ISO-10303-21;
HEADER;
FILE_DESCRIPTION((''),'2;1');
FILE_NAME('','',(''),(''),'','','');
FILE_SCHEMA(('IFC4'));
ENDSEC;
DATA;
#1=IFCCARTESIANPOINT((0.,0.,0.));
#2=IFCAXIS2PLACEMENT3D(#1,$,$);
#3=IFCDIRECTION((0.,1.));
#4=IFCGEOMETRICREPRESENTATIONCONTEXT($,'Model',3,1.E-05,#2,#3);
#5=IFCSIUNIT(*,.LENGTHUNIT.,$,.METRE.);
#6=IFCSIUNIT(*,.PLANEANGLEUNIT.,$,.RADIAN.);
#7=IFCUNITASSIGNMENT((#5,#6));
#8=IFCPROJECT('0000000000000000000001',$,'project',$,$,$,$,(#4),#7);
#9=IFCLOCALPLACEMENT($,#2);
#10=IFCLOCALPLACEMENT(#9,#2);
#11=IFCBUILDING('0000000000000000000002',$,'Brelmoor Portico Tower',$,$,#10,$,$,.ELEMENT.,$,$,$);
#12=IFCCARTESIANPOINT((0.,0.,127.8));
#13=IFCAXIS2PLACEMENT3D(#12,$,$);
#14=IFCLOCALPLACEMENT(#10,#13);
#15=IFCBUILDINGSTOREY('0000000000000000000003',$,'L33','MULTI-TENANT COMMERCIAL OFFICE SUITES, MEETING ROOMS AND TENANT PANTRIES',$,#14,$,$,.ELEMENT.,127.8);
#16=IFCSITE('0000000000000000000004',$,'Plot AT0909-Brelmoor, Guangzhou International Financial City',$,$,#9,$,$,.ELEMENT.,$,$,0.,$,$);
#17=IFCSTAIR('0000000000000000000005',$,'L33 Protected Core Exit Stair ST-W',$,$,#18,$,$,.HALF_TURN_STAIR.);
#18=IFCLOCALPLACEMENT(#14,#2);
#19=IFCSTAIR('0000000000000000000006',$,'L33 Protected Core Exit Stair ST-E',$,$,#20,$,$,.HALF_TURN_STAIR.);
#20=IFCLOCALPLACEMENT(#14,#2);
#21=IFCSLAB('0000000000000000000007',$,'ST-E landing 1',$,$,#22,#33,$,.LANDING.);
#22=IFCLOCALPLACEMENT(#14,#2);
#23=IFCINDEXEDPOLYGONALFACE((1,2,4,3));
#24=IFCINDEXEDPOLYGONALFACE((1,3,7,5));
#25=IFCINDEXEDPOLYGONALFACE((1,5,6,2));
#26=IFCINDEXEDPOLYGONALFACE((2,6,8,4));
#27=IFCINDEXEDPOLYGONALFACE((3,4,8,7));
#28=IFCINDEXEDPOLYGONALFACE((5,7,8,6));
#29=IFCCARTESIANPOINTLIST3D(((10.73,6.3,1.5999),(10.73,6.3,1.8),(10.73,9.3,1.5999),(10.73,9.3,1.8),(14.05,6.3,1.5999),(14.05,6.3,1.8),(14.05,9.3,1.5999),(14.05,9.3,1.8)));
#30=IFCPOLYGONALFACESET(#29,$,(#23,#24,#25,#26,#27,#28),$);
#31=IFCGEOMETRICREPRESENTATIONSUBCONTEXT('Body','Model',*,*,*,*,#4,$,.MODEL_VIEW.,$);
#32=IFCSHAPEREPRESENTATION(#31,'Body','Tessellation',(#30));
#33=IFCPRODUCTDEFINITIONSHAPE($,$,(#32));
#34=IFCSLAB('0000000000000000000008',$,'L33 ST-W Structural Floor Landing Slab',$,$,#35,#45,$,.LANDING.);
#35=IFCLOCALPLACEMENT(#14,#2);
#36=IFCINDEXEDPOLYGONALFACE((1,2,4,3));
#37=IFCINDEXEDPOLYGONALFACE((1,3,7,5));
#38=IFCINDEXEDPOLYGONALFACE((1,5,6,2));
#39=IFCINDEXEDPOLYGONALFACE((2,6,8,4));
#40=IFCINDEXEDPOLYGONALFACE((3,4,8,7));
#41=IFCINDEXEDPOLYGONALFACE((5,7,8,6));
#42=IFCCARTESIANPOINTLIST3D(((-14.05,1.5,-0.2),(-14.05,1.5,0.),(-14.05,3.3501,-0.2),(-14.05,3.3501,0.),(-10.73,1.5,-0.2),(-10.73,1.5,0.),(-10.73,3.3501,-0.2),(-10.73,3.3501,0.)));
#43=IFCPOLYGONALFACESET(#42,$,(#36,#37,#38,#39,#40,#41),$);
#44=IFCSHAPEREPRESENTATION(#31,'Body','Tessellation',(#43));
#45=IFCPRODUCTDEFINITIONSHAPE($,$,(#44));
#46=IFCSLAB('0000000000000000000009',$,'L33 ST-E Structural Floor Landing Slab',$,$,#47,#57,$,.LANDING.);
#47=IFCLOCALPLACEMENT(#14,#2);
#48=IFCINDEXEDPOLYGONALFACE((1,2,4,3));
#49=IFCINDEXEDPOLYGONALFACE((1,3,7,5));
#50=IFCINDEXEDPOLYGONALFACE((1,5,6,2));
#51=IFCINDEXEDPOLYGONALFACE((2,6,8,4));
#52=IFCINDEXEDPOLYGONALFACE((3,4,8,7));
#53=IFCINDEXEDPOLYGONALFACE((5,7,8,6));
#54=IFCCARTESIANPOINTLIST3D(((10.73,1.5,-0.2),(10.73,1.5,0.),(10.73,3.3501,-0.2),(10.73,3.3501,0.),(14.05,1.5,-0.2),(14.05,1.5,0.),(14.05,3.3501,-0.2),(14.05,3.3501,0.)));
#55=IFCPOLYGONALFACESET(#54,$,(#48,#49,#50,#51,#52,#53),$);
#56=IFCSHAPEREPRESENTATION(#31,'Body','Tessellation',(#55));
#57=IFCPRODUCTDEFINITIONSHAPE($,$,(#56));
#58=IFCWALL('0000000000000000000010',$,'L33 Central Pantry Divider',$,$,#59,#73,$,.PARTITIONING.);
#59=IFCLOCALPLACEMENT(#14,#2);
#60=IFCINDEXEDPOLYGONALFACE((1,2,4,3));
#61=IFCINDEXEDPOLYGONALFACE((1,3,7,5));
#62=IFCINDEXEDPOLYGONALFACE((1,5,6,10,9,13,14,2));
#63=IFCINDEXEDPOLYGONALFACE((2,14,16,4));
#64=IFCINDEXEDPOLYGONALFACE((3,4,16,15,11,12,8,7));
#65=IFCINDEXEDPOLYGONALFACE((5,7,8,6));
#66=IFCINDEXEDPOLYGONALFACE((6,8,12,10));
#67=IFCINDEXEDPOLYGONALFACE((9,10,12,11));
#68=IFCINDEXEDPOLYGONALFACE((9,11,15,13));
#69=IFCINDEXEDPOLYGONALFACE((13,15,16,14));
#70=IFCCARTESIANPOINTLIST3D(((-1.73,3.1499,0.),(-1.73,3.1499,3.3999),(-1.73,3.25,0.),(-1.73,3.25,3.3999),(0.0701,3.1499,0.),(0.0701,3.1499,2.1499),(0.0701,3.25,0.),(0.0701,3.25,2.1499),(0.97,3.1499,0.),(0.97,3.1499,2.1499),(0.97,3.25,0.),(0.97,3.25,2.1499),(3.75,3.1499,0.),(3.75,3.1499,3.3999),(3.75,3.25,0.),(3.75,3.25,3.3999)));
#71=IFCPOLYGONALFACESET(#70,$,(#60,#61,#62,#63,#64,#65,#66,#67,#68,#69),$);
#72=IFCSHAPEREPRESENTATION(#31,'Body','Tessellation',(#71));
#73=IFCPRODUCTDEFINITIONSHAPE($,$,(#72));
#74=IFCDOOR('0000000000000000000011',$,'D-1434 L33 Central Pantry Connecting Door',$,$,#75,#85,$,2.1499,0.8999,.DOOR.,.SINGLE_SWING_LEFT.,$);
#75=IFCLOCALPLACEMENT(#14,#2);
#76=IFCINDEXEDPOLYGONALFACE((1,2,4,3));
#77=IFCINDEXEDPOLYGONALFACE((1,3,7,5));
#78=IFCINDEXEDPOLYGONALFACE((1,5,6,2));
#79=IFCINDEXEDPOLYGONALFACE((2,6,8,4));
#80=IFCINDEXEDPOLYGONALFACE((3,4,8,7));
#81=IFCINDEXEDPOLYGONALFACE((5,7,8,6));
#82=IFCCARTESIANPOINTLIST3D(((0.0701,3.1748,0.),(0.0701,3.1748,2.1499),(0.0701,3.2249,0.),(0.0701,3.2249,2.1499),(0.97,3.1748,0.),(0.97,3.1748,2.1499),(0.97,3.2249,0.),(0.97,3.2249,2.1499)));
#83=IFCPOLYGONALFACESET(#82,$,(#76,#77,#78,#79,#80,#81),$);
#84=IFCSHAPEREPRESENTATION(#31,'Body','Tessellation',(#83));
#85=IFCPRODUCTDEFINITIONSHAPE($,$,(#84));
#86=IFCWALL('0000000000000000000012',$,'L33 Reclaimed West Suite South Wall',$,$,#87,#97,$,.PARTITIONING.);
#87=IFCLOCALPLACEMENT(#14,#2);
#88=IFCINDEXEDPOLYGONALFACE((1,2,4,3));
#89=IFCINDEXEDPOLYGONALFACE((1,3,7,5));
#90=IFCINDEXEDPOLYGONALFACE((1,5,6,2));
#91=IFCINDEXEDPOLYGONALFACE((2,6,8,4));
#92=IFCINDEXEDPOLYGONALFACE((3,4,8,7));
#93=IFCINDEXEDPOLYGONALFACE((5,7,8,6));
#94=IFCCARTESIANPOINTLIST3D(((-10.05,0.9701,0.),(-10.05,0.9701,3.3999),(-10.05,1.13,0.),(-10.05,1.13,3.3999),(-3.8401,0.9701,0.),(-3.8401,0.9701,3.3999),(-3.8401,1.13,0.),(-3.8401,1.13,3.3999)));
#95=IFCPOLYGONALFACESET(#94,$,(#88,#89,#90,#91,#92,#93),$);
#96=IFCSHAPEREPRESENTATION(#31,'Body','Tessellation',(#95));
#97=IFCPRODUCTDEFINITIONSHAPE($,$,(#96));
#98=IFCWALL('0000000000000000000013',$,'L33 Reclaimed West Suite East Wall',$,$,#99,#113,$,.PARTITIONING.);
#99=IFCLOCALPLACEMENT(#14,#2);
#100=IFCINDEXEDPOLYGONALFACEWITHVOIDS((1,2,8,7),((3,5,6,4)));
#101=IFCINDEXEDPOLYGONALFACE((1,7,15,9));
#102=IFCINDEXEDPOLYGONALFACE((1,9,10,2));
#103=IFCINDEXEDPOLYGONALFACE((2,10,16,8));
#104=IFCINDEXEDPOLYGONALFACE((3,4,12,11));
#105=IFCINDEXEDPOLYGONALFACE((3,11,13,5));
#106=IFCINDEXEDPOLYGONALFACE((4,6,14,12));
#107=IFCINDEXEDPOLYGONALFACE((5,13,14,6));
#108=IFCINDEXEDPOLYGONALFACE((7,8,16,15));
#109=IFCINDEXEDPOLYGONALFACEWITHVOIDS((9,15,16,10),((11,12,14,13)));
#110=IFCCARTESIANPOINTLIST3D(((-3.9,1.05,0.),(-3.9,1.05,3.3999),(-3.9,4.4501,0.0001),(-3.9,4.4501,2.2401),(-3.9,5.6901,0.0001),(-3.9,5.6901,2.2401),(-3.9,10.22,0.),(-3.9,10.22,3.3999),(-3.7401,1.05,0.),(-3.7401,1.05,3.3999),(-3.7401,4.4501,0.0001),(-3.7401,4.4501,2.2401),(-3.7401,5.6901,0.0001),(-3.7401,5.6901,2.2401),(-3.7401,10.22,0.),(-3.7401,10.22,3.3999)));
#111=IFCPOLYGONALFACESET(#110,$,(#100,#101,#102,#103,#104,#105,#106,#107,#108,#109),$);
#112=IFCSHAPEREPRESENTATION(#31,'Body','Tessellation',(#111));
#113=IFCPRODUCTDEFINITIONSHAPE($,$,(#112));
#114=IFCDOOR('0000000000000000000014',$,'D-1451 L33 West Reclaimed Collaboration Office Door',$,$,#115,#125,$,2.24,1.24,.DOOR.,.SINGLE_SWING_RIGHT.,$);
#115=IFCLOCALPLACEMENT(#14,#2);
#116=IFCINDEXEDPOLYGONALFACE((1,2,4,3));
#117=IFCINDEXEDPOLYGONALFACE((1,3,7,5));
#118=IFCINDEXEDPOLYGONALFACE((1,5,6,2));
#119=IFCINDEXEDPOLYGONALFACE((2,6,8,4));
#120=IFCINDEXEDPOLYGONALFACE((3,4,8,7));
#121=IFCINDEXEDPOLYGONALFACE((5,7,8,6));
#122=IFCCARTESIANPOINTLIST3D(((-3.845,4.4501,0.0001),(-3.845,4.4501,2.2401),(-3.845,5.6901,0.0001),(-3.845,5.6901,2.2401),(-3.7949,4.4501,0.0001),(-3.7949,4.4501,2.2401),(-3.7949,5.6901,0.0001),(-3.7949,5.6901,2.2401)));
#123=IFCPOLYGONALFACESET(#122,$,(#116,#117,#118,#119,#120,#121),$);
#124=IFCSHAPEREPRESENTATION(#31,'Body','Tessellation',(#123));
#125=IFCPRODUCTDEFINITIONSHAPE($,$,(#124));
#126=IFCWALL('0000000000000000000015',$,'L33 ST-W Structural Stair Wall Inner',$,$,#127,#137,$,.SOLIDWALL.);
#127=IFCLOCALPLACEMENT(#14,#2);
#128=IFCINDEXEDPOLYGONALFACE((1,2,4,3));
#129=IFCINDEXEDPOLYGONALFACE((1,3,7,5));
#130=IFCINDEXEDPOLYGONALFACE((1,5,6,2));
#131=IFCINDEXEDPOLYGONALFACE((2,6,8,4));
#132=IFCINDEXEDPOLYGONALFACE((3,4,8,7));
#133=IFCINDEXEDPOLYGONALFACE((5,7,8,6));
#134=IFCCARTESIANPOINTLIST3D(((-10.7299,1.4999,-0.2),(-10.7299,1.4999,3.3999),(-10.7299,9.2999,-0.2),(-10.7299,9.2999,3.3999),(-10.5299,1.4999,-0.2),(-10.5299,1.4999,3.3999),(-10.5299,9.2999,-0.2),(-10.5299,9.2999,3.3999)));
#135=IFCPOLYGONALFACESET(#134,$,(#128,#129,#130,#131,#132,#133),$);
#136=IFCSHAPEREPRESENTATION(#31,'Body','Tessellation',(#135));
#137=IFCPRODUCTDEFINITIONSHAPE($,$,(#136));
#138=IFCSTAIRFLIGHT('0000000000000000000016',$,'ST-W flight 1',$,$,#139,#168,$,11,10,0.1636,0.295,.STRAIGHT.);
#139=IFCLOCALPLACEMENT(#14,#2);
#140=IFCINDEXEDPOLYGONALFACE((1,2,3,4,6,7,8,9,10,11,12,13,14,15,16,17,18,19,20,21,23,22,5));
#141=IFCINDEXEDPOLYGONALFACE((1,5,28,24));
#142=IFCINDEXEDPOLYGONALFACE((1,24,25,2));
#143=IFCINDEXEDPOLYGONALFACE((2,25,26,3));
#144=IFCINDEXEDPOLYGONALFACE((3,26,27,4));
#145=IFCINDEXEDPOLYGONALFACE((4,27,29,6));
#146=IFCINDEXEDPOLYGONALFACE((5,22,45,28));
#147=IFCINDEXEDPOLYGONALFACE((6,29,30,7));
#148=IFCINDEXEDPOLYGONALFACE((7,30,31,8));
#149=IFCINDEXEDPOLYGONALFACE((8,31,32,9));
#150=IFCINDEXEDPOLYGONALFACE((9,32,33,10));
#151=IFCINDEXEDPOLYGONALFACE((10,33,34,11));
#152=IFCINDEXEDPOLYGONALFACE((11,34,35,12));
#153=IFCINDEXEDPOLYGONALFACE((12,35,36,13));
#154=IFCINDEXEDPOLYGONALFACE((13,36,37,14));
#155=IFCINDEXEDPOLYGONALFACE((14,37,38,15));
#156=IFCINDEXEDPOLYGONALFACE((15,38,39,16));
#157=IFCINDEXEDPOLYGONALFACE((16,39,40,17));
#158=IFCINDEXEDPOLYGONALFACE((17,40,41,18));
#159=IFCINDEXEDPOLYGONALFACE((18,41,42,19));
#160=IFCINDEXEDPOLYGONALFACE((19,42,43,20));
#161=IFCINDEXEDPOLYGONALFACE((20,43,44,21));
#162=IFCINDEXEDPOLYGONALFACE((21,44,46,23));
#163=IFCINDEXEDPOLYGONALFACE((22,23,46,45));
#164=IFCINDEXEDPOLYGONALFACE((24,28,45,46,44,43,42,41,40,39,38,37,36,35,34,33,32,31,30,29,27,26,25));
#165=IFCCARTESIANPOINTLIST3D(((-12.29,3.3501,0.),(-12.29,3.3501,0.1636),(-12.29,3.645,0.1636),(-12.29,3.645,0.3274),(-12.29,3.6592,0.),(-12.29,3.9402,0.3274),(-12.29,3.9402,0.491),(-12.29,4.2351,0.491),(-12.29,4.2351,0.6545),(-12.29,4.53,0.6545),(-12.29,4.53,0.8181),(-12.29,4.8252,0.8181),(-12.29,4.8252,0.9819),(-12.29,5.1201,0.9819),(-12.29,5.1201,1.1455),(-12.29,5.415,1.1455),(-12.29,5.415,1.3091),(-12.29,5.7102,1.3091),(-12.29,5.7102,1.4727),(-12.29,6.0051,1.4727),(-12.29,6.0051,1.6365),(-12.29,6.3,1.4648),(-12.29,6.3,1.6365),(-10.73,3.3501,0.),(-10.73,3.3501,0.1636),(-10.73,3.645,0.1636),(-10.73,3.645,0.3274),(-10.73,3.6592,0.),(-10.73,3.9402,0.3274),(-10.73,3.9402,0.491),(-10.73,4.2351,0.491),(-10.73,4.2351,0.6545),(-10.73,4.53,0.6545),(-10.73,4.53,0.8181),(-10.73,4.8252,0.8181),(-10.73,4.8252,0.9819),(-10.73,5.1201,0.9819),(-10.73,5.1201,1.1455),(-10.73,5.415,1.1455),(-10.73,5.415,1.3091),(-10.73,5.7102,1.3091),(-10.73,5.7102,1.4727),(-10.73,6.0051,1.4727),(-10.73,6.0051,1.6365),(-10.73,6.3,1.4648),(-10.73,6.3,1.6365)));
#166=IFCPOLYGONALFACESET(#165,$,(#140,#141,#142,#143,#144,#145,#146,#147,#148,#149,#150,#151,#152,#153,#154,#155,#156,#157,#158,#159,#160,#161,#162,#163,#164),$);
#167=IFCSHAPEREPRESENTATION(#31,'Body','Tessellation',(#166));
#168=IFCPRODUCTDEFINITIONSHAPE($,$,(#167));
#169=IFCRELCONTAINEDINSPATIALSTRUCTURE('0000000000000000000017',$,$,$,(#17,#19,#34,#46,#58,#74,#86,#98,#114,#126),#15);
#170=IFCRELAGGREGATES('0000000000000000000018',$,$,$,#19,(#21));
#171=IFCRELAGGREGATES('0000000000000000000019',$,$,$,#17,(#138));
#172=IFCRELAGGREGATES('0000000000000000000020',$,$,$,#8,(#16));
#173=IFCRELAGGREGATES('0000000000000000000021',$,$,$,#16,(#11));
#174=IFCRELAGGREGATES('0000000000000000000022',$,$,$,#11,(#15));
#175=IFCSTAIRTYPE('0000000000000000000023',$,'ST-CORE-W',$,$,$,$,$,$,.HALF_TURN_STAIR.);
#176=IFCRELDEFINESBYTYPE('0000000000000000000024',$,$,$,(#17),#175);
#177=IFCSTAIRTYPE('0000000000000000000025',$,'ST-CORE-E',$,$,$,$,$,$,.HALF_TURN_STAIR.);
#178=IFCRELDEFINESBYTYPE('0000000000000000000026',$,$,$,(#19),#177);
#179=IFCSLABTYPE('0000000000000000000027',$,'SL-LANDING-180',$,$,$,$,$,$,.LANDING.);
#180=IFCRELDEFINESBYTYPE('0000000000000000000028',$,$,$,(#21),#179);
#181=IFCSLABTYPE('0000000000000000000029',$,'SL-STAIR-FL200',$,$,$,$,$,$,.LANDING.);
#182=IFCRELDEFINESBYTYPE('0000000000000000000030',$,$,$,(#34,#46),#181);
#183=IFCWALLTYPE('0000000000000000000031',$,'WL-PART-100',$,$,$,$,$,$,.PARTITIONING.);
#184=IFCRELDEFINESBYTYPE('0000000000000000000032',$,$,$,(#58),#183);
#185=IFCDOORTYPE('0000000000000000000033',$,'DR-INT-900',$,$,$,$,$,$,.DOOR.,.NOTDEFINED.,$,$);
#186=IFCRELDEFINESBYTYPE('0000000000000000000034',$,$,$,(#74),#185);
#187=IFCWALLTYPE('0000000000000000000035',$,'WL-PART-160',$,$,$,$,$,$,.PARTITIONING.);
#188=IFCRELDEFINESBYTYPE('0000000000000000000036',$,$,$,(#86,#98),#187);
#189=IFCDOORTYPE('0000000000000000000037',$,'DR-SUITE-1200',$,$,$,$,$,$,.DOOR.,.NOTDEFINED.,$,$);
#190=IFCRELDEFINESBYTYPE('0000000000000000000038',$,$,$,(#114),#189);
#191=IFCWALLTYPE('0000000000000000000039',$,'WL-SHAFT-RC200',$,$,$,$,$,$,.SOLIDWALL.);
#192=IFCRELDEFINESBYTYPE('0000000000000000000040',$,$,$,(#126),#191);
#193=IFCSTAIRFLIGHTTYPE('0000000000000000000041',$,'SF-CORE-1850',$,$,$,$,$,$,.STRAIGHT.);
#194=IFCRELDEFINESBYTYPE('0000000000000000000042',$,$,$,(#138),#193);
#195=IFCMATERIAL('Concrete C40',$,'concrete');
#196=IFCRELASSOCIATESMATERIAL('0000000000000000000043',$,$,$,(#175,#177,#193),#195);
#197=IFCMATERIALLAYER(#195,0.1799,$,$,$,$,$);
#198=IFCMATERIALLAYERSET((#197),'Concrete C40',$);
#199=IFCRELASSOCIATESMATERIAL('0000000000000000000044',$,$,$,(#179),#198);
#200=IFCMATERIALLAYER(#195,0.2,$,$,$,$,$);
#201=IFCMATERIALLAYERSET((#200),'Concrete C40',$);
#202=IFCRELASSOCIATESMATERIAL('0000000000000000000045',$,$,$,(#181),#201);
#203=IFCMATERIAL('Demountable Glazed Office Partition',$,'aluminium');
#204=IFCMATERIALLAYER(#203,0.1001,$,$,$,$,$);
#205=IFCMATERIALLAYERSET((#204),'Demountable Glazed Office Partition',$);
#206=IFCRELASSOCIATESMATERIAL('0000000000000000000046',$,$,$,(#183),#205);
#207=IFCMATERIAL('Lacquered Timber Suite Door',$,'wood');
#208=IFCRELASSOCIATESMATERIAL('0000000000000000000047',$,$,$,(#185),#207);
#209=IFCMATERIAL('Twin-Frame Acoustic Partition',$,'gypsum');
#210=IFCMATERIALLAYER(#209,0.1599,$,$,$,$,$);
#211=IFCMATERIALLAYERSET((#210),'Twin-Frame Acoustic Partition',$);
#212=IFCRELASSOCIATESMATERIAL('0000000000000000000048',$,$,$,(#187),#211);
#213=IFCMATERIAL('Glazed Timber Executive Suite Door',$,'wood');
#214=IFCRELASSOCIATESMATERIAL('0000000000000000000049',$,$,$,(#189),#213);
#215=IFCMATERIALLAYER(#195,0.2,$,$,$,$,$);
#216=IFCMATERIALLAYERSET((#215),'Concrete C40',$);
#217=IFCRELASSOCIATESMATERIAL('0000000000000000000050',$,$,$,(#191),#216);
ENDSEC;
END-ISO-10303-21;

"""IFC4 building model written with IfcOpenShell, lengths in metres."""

from ifc_helpers import new_model, si_unit, direction, frame, frame_2d, origin, place, context, subcontext, project, spatial, polyline, rectangle, outline, extrude, material, layer, layer_set, type_object, element, fill, aggregate, save


model = new_model("IFC4")

# Units and contexts
model_context = context("Model", 3, precision=1e-05, world=origin(), true_north=direction((0.0, 1.0)))
body_context = subcontext(model_context, "Body", "Model", "MODEL_VIEW")
ifc_project = project(units=[si_unit("LENGTHUNIT", "METRE"), si_unit("PLANEANGLEUNIT", "RADIAN")], contexts=[model_context])

# Site, building, storey
site_placement = place(None, origin())
site = spatial("IfcSite", under=ifc_project, at=site_placement, Name="Plot AT0909-Brelmoor, Guangzhou International Financial City", CompositionType="ELEMENT", RefElevation=0.0)
building_placement = place(site_placement, origin())
building = spatial("IfcBuilding", under=site, at=building_placement, Name="Brelmoor Portico Tower", CompositionType="ELEMENT")
storey_placement = place(building_placement, frame((0.0, 0.0, 127.8)))
storey = spatial("IfcBuildingStorey", under=building, at=storey_placement, Name="L33", Description="MULTI-TENANT COMMERCIAL OFFICE SUITES, MEETING ROOMS AND TENANT PANTRIES", CompositionType="ELEMENT", Elevation=127.8)

# Shared definitions
ifc_material_1 = material(Name="Concrete C40", Category="concrete")

# Stairs, slab
stair_type_1 = type_object("IfcStairType", Name="ST-CORE-W", PredefinedType="HALF_TURN_STAIR", material=ifc_material_1)
stair_1_placement = place(storey_placement, origin())
stair_1 = element("IfcStair", 1, at=stair_1_placement, inside=storey, type_object=stair_type_1, Name="L33 Protected Core Exit Stair ST-W", PredefinedType="HALF_TURN_STAIR")
ifc_layer_1 = layer(ifc_material_1, 0.1799)
ifc_layer_set_1 = layer_set([ifc_layer_1], Name="Concrete C40")
slab_type_1 = type_object("IfcSlabType", Name="SL-LANDING-180", PredefinedType="LANDING", material=ifc_layer_set_1)
stair_type_2 = type_object("IfcStairType", Name="ST-CORE-E", PredefinedType="HALF_TURN_STAIR", material=ifc_material_1)
stair_2_placement = place(storey_placement, origin())
stair_2 = element("IfcStair", 2, at=stair_2_placement, inside=storey, type_object=stair_type_2, Name="L33 Protected Core Exit Stair ST-E", PredefinedType="HALF_TURN_STAIR")
slab_1_placement = place(storey_placement, frame((0.0, 0.0, 1.5999)))
slab_1 = element("IfcSlab", 3, at=slab_1_placement, type_object=slab_type_1, Name="ST-E landing 1", PredefinedType="LANDING", context=body_context, shape_type="SweptSolid", body=[
    extrude(outline(polyline([(14.05, 6.3), (14.05, 9.3), (10.73, 9.3), (10.73, 6.3), (14.05, 6.3)])), origin(), (0.0, 0.0, 1.0), 0.2002),
])
aggregate(stair_2, [slab_1])

# Slabs
ifc_layer_2 = layer(ifc_material_1, 0.2)
ifc_layer_set_2 = layer_set([ifc_layer_2], Name="Concrete C40")
slab_type_2 = type_object("IfcSlabType", Name="SL-STAIR-FL200", PredefinedType="LANDING", material=ifc_layer_set_2)
slab_2_placement = place(storey_placement, frame((0.0, 0.0, -0.2)))
element("IfcSlab", 4, at=slab_2_placement, inside=storey, type_object=slab_type_2, Name="L33 ST-W Structural Floor Landing Slab", PredefinedType="LANDING", context=body_context, shape_type="SweptSolid", body=[
    extrude(outline(polyline([(-10.73, 1.5), (-10.73, 3.3501), (-14.05, 3.3501), (-14.05, 1.5), (-10.73, 1.5)])), origin(), (0.0, 0.0, 1.0), 0.2),
])
slab_3_placement = place(storey_placement, frame((0.0, 0.0, -0.2)))
element("IfcSlab", 5, at=slab_3_placement, inside=storey, type_object=slab_type_2, Name="L33 ST-E Structural Floor Landing Slab", PredefinedType="LANDING", context=body_context, shape_type="SweptSolid", body=[
    extrude(outline(polyline([(14.05, 1.5), (14.05, 3.3501), (10.73, 3.3501), (10.73, 1.5), (14.05, 1.5)])), origin(), (0.0, 0.0, 1.0), 0.2),
])

# Wall, opening, door
ifc_material_2 = material(Name="Demountable Glazed Office Partition", Category="aluminium")
ifc_layer_3 = layer(ifc_material_2, 0.1001)
ifc_layer_set_3 = layer_set([ifc_layer_3], Name="Demountable Glazed Office Partition")
wall_type_1 = type_object("IfcWallType", Name="WL-PART-100", PredefinedType="PARTITIONING", material=ifc_layer_set_3)
wall_1_placement = place(storey_placement, frame((-1.73, 3.2, 0.0), z_axis=(0.0, 0.0, 1.0), x_axis=(1.0, 0.0, 0.0)))
wall_1 = element("IfcWall", 6, at=wall_1_placement, inside=storey, type_object=wall_type_1, Name="L33 Central Pantry Divider", PredefinedType="PARTITIONING", context=body_context, shape_type="SweptSolid", body=[
    extrude(rectangle(XDim=5.48, YDim=0.1001, at=frame_2d((2.74, 0.0))), origin(), (0.0, 0.0, 1.0), 3.3999),
])
opening_1_placement = place(wall_1_placement, frame((1.8, 0.0, 0.0)))
opening_1 = element("IfcOpeningElement", 7, at=opening_1_placement, cuts=wall_1, PredefinedType="OPENING", context=body_context, shape_type="SweptSolid", body=[
    extrude(rectangle(XDim=0.8999, YDim=2.1499, at=frame_2d((0.45, 1.075))), frame((0.0, 0.0601, 0.0), z_axis=(0.0, -1.0, 0.0), x_axis=(1.0, 0.0, 0.0)), (0.0, 0.0, 1.0), 0.1201),
])
ifc_material_3 = material(Name="Lacquered Timber Suite Door", Category="wood")
door_type_1 = type_object("IfcDoorType", Name="DR-INT-900", OperationType="NOTDEFINED", PredefinedType="DOOR", material=ifc_material_3)
door_1_placement = place(opening_1_placement, origin())
door_1 = element("IfcDoor", 8, at=door_1_placement, inside=storey, type_object=door_type_1, Name="D-1434 L33 Central Pantry Connecting Door", OperationType="SINGLE_SWING_LEFT", OverallHeight=2.1499, OverallWidth=0.8999, PredefinedType="DOOR", context=body_context, shape_type="SweptSolid", body=[
    extrude(rectangle(XDim=0.8999, YDim=2.1499, at=frame_2d((0.45, 1.075))), frame((0.0, 0.0249, 0.0), z_axis=(0.0, -1.0, 0.0), x_axis=(1.0, 0.0, 0.0)), (0.0, 0.0, 1.0), 0.05),
])
fill(opening_1, door_1)

# Wall
ifc_material_4 = material(Name="Twin-Frame Acoustic Partition", Category="gypsum")
ifc_layer_4 = layer(ifc_material_4, 0.1599)
ifc_layer_set_4 = layer_set([ifc_layer_4], Name="Twin-Frame Acoustic Partition")
wall_type_2 = type_object("IfcWallType", Name="WL-PART-160", PredefinedType="PARTITIONING", material=ifc_layer_set_4)
wall_2_placement = place(storey_placement, frame((-10.05, 1.05, 0.0), z_axis=(0.0, 0.0, 1.0), x_axis=(1.0, 0.0, 0.0)))
element("IfcWall", 9, at=wall_2_placement, inside=storey, type_object=wall_type_2, Name="L33 Reclaimed West Suite South Wall", PredefinedType="PARTITIONING", context=body_context, shape_type="SweptSolid", body=[
    extrude(rectangle(XDim=6.21, YDim=0.1599, at=frame_2d((3.105, 0.0))), origin(), (0.0, 0.0, 1.0), 3.3999),
])

# Wall, opening, door
wall_3_placement = place(storey_placement, frame((-3.8201, 1.05, 0.0), z_axis=(0.0, 0.0, 1.0), x_axis=(0.0, 1.0, 0.0)))
wall_3 = element("IfcWall", 10, at=wall_3_placement, inside=storey, type_object=wall_type_2, Name="L33 Reclaimed West Suite East Wall", PredefinedType="PARTITIONING", context=body_context, shape_type="SweptSolid", body=[
    extrude(rectangle(XDim=9.1699, YDim=0.1599, at=frame_2d((4.585, 0.0))), origin(), (0.0, 0.0, 1.0), 3.3999),
])
opening_2_placement = place(wall_3_placement, frame((3.3999, 0.0, 0.0)))
opening_2 = element("IfcOpeningElement", 11, at=opening_2_placement, cuts=wall_3, PredefinedType="OPENING", context=body_context, shape_type="SweptSolid", body=[
    extrude(rectangle(XDim=1.24, YDim=2.24, at=frame_2d((0.6201, 1.1201))), frame((0.0, 0.0898, 0.0), z_axis=(0.0, -1.0, 0.0), x_axis=(1.0, 0.0, 0.0)), (0.0, 0.0, 1.0), 0.1799),
])
ifc_material_5 = material(Name="Glazed Timber Executive Suite Door", Category="wood")
door_type_2 = type_object("IfcDoorType", Name="DR-SUITE-1200", OperationType="NOTDEFINED", PredefinedType="DOOR", material=ifc_material_5)
door_2_placement = place(opening_2_placement, origin())
door_2 = element("IfcDoor", 12, at=door_2_placement, inside=storey, type_object=door_type_2, Name="D-1451 L33 West Reclaimed Collaboration Office Door", OperationType="SINGLE_SWING_RIGHT", OverallHeight=2.24, OverallWidth=1.24, PredefinedType="DOOR", context=body_context, shape_type="SweptSolid", body=[
    extrude(rectangle(XDim=1.24, YDim=2.24, at=frame_2d((0.6201, 1.1201))), frame((0.0, 0.0249, 0.0), z_axis=(0.0, -1.0, 0.0), x_axis=(1.0, 0.0, 0.0)), (0.0, 0.0, 1.0), 0.05),
])
fill(opening_2, door_2)

# Wall
ifc_layer_5 = layer(ifc_material_1, 0.2)
ifc_layer_set_5 = layer_set([ifc_layer_5], Name="Concrete C40")
wall_type_3 = type_object("IfcWallType", Name="WL-SHAFT-RC200", PredefinedType="SOLIDWALL", material=ifc_layer_set_5)
wall_4_placement = place(storey_placement, frame((-10.6299, 1.5, -0.2), z_axis=(0.0, 0.0, 1.0), x_axis=(0.0, 1.0, 0.0)))
element("IfcWall", 13, at=wall_4_placement, inside=storey, type_object=wall_type_3, Name="L33 ST-W Structural Stair Wall Inner", PredefinedType="SOLIDWALL", context=body_context, shape_type="SweptSolid", body=[
    extrude(rectangle(XDim=7.8, YDim=0.2, at=frame_2d((3.8999, 0.0))), origin(), (0.0, 0.0, 1.0), 3.5999),
])

# Stair flight
stair_flight_type = type_object("IfcStairFlightType", Name="SF-CORE-1850", PredefinedType="STRAIGHT", material=ifc_material_1)
stair_flight_1_placement = place(storey_placement, frame((-11.51, 3.3501, 0.0), z_axis=(0.0, 0.0, 1.0), x_axis=(0.0, 1.0, 0.0)))
stair_flight_1 = element("IfcStairFlight", 14, at=stair_flight_1_placement, type_object=stair_flight_type, Name="ST-W flight 1", NumberOfRisers=11, NumberOfTreads=10, PredefinedType="STRAIGHT", RiserHeight=0.1636, TreadLength=0.295, context=body_context, shape_type="SweptSolid", body=[
    extrude(outline(polyline([(0.0, 0.0), (0.0, 0.1636), (0.2949, 0.1636), (0.2949, 0.3274), (0.5901, 0.3274), (0.5901, 0.491), (0.885, 0.491), (0.885, 0.6545), (1.1799, 0.6545), (1.1799, 0.8181), (1.4751, 0.8181), (1.4751, 0.9819), (1.77, 0.9819), (1.77, 1.1455), (2.0649, 1.1455), (2.0649, 1.3091), (2.3601, 1.3091), (2.3601, 1.4727), (2.655, 1.4727), (2.655, 1.6365), (2.95, 1.6365), (2.95, 1.8), (2.95, 1.4648), (0.3091, 0.0), (0.0, 0.0)])), frame((0.0, 0.78, 0.0), z_axis=(0.0, -1.0, 0.0), x_axis=(1.0, 0.0, 0.0)), (0.0, 0.0, 1.0), 1.5601),
])
aggregate(stair_1, [stair_flight_1])

save(model, "model.ifc")
